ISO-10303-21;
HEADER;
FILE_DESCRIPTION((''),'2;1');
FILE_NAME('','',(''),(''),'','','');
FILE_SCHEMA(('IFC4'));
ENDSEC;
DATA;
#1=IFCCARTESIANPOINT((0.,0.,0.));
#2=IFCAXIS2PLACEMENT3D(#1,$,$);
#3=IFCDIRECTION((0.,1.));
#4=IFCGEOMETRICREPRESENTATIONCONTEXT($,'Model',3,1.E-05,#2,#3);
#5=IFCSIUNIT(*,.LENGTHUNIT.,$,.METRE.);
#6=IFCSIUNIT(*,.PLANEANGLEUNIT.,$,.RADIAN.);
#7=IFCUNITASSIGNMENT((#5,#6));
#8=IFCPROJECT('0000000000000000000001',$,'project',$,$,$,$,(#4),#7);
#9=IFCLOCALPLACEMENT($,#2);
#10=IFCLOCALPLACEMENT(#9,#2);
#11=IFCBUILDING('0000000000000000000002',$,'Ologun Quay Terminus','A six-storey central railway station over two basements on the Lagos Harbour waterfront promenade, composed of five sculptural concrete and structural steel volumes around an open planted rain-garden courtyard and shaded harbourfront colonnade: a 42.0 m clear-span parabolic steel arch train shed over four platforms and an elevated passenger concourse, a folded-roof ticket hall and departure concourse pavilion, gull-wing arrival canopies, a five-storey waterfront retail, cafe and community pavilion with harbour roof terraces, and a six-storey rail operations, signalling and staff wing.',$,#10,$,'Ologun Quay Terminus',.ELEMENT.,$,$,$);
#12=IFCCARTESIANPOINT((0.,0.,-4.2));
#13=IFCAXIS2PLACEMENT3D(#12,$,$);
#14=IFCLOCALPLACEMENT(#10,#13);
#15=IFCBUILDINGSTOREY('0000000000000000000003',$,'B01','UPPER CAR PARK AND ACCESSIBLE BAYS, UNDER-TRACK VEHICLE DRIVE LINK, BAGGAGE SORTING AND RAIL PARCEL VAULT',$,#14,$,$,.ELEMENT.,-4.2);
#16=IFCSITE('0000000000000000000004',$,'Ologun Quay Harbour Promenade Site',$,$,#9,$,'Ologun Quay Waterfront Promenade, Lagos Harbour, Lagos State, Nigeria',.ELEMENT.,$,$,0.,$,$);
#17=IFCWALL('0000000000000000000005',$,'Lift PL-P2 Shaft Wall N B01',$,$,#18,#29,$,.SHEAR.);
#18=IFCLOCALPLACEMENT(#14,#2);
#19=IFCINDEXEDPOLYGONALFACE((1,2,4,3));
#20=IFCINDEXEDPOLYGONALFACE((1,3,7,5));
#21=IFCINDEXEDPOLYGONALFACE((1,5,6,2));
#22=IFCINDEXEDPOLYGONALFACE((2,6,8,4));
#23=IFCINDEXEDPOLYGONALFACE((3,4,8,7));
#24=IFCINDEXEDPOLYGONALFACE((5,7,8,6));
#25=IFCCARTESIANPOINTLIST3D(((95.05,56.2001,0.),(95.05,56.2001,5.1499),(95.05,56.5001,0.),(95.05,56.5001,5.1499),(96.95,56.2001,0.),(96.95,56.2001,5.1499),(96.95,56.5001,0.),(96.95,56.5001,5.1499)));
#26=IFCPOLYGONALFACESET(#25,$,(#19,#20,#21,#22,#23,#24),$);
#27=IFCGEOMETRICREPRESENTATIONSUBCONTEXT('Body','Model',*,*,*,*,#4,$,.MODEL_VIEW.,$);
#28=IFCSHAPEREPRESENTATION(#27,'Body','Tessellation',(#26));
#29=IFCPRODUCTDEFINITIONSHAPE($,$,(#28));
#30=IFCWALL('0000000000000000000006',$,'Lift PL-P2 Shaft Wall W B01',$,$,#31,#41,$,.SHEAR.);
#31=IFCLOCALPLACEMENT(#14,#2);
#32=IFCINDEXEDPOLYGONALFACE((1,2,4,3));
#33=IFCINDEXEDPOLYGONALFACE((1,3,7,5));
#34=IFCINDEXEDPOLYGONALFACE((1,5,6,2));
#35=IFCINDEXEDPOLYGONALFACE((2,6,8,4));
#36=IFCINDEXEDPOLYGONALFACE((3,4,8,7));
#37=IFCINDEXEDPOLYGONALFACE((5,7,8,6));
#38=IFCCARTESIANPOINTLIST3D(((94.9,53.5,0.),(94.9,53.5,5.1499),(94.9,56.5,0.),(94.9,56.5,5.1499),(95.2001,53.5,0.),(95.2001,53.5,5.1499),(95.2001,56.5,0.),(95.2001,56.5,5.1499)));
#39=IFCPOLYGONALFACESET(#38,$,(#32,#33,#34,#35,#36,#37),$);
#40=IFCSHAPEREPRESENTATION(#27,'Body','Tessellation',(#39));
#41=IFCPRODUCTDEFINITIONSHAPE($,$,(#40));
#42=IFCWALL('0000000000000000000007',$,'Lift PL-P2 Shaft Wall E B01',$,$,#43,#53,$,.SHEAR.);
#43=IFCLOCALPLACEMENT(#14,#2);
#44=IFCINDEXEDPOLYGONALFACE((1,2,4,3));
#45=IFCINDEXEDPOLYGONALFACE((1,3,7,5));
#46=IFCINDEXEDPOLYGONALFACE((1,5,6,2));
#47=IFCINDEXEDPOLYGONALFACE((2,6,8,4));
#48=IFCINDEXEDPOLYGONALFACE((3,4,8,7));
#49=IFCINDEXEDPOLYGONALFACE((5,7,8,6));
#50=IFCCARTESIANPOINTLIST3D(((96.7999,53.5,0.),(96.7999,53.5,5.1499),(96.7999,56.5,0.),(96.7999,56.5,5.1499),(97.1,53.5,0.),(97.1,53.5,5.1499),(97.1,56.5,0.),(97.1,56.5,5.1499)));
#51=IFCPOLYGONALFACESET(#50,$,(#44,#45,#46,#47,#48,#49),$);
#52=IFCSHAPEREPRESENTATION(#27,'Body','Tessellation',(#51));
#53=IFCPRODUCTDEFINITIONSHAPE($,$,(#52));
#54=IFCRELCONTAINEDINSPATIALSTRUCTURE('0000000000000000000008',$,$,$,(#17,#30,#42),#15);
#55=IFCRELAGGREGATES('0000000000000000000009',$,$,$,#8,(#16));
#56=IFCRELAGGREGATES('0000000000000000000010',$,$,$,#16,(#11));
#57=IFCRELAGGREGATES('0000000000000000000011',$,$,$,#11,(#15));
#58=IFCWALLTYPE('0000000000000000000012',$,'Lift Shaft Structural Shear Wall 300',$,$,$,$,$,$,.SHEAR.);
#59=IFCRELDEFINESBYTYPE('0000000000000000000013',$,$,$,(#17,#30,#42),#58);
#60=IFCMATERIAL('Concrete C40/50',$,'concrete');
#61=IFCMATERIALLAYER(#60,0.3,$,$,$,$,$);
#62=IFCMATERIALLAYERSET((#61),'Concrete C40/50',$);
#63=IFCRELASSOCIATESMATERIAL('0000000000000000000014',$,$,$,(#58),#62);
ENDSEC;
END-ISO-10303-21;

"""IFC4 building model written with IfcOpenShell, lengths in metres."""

from ifc_helpers import new_model, si_unit, direction, frame, frame_2d, origin, place, context, subcontext, project, spatial, rectangle, extrude, material, layer, layer_set, type_object, element, save


model = new_model("IFC4")

# Units and contexts
model_context = context("Model", 3, precision=1e-05, world=origin(), true_north=direction((0.0, 1.0)))
body_context = subcontext(model_context, "Body", "Model", "MODEL_VIEW")
ifc_project = project(units=[si_unit("LENGTHUNIT", "METRE"), si_unit("PLANEANGLEUNIT", "RADIAN")], contexts=[model_context])

# Site, building, storey
site_placement = place(None, origin())
site = spatial("IfcSite", under=ifc_project, at=site_placement, Name="Ologun Quay Harbour Promenade Site", LongName="Ologun Quay Waterfront Promenade, Lagos Harbour, Lagos State, Nigeria", CompositionType="ELEMENT", RefElevation=0.0)
building_placement = place(site_placement, origin())
building = spatial("IfcBuilding", under=site, at=building_placement, Name="Ologun Quay Terminus", Description="A six-storey central railway station over two basements on the Lagos Harbour waterfront promenade, composed of five sculptural concrete and structural steel volumes around an open planted rain-garden courtyard and shaded harbourfront colonnade: a 42.0 m clear-span parabolic steel arch train shed over four platforms and an elevated passenger concourse, a folded-roof ticket hall and departure concourse pavilion, gull-wing arrival canopies, a five-storey waterfront retail, cafe and community pavilion with harbour roof terraces, and a six-storey rail operations, signalling and staff wing.", LongName="Ologun Quay Terminus", CompositionType="ELEMENT")
storey_placement = place(building_placement, frame((0.0, 0.0, -4.2)))
storey = spatial("IfcBuildingStorey", under=building, at=storey_placement, Name="B01", Description="UPPER CAR PARK AND ACCESSIBLE BAYS, UNDER-TRACK VEHICLE DRIVE LINK, BAGGAGE SORTING AND RAIL PARCEL VAULT", CompositionType="ELEMENT", Elevation=-4.2)

# Walls
ifc_material_1 = material(Name="Concrete C40/50", Category="concrete")
ifc_layer = layer(ifc_material_1, 0.3)
ifc_layer_set = layer_set([ifc_layer], Name="Concrete C40/50")
wall_type = type_object("IfcWallType", Name="Lift Shaft Structural Shear Wall 300", PredefinedType="SHEAR", material=ifc_layer_set)
for number, where, z_axis, x_axis, name in (
    (1, (95.05, 56.3501, 0.0), (0.0, 0.0, 1.0), (1.0, 0.0, 0.0), "Lift PL-P2 Shaft Wall N B01"),
):
    element("IfcWall", number, at=place(storey_placement, frame(where, z_axis=z_axis, x_axis=x_axis)), inside=storey, type_object=wall_type, Name=name, PredefinedType="SHEAR", context=body_context, shape_type="SweptSolid", body=[
        extrude(rectangle(XDim=1.8999, YDim=0.3, at=frame_2d((0.95, 0.0))), origin(), (0.0, 0.0, 1.0), 5.1499),
    ])
for number, where, z_axis, x_axis, name in (
    (2, (95.05, 53.5, 0.0), (0.0, 0.0, 1.0), (0.0, 1.0, 0.0), "Lift PL-P2 Shaft Wall W B01"),
    (3, (96.95, 53.5, 0.0), (0.0, 0.0, 1.0), (0.0, 1.0, 0.0), "Lift PL-P2 Shaft Wall E B01"),
):
    element("IfcWall", number, at=place(storey_placement, frame(where, z_axis=z_axis, x_axis=x_axis)), inside=storey, type_object=wall_type, Name=name, PredefinedType="SHEAR", context=body_context, shape_type="SweptSolid", body=[
        extrude(rectangle(XDim=3.0, YDim=0.3, at=frame_2d((1.5, 0.0))), origin(), (0.0, 0.0, 1.0), 5.1499),
    ])

save(model, "model.ifc")
